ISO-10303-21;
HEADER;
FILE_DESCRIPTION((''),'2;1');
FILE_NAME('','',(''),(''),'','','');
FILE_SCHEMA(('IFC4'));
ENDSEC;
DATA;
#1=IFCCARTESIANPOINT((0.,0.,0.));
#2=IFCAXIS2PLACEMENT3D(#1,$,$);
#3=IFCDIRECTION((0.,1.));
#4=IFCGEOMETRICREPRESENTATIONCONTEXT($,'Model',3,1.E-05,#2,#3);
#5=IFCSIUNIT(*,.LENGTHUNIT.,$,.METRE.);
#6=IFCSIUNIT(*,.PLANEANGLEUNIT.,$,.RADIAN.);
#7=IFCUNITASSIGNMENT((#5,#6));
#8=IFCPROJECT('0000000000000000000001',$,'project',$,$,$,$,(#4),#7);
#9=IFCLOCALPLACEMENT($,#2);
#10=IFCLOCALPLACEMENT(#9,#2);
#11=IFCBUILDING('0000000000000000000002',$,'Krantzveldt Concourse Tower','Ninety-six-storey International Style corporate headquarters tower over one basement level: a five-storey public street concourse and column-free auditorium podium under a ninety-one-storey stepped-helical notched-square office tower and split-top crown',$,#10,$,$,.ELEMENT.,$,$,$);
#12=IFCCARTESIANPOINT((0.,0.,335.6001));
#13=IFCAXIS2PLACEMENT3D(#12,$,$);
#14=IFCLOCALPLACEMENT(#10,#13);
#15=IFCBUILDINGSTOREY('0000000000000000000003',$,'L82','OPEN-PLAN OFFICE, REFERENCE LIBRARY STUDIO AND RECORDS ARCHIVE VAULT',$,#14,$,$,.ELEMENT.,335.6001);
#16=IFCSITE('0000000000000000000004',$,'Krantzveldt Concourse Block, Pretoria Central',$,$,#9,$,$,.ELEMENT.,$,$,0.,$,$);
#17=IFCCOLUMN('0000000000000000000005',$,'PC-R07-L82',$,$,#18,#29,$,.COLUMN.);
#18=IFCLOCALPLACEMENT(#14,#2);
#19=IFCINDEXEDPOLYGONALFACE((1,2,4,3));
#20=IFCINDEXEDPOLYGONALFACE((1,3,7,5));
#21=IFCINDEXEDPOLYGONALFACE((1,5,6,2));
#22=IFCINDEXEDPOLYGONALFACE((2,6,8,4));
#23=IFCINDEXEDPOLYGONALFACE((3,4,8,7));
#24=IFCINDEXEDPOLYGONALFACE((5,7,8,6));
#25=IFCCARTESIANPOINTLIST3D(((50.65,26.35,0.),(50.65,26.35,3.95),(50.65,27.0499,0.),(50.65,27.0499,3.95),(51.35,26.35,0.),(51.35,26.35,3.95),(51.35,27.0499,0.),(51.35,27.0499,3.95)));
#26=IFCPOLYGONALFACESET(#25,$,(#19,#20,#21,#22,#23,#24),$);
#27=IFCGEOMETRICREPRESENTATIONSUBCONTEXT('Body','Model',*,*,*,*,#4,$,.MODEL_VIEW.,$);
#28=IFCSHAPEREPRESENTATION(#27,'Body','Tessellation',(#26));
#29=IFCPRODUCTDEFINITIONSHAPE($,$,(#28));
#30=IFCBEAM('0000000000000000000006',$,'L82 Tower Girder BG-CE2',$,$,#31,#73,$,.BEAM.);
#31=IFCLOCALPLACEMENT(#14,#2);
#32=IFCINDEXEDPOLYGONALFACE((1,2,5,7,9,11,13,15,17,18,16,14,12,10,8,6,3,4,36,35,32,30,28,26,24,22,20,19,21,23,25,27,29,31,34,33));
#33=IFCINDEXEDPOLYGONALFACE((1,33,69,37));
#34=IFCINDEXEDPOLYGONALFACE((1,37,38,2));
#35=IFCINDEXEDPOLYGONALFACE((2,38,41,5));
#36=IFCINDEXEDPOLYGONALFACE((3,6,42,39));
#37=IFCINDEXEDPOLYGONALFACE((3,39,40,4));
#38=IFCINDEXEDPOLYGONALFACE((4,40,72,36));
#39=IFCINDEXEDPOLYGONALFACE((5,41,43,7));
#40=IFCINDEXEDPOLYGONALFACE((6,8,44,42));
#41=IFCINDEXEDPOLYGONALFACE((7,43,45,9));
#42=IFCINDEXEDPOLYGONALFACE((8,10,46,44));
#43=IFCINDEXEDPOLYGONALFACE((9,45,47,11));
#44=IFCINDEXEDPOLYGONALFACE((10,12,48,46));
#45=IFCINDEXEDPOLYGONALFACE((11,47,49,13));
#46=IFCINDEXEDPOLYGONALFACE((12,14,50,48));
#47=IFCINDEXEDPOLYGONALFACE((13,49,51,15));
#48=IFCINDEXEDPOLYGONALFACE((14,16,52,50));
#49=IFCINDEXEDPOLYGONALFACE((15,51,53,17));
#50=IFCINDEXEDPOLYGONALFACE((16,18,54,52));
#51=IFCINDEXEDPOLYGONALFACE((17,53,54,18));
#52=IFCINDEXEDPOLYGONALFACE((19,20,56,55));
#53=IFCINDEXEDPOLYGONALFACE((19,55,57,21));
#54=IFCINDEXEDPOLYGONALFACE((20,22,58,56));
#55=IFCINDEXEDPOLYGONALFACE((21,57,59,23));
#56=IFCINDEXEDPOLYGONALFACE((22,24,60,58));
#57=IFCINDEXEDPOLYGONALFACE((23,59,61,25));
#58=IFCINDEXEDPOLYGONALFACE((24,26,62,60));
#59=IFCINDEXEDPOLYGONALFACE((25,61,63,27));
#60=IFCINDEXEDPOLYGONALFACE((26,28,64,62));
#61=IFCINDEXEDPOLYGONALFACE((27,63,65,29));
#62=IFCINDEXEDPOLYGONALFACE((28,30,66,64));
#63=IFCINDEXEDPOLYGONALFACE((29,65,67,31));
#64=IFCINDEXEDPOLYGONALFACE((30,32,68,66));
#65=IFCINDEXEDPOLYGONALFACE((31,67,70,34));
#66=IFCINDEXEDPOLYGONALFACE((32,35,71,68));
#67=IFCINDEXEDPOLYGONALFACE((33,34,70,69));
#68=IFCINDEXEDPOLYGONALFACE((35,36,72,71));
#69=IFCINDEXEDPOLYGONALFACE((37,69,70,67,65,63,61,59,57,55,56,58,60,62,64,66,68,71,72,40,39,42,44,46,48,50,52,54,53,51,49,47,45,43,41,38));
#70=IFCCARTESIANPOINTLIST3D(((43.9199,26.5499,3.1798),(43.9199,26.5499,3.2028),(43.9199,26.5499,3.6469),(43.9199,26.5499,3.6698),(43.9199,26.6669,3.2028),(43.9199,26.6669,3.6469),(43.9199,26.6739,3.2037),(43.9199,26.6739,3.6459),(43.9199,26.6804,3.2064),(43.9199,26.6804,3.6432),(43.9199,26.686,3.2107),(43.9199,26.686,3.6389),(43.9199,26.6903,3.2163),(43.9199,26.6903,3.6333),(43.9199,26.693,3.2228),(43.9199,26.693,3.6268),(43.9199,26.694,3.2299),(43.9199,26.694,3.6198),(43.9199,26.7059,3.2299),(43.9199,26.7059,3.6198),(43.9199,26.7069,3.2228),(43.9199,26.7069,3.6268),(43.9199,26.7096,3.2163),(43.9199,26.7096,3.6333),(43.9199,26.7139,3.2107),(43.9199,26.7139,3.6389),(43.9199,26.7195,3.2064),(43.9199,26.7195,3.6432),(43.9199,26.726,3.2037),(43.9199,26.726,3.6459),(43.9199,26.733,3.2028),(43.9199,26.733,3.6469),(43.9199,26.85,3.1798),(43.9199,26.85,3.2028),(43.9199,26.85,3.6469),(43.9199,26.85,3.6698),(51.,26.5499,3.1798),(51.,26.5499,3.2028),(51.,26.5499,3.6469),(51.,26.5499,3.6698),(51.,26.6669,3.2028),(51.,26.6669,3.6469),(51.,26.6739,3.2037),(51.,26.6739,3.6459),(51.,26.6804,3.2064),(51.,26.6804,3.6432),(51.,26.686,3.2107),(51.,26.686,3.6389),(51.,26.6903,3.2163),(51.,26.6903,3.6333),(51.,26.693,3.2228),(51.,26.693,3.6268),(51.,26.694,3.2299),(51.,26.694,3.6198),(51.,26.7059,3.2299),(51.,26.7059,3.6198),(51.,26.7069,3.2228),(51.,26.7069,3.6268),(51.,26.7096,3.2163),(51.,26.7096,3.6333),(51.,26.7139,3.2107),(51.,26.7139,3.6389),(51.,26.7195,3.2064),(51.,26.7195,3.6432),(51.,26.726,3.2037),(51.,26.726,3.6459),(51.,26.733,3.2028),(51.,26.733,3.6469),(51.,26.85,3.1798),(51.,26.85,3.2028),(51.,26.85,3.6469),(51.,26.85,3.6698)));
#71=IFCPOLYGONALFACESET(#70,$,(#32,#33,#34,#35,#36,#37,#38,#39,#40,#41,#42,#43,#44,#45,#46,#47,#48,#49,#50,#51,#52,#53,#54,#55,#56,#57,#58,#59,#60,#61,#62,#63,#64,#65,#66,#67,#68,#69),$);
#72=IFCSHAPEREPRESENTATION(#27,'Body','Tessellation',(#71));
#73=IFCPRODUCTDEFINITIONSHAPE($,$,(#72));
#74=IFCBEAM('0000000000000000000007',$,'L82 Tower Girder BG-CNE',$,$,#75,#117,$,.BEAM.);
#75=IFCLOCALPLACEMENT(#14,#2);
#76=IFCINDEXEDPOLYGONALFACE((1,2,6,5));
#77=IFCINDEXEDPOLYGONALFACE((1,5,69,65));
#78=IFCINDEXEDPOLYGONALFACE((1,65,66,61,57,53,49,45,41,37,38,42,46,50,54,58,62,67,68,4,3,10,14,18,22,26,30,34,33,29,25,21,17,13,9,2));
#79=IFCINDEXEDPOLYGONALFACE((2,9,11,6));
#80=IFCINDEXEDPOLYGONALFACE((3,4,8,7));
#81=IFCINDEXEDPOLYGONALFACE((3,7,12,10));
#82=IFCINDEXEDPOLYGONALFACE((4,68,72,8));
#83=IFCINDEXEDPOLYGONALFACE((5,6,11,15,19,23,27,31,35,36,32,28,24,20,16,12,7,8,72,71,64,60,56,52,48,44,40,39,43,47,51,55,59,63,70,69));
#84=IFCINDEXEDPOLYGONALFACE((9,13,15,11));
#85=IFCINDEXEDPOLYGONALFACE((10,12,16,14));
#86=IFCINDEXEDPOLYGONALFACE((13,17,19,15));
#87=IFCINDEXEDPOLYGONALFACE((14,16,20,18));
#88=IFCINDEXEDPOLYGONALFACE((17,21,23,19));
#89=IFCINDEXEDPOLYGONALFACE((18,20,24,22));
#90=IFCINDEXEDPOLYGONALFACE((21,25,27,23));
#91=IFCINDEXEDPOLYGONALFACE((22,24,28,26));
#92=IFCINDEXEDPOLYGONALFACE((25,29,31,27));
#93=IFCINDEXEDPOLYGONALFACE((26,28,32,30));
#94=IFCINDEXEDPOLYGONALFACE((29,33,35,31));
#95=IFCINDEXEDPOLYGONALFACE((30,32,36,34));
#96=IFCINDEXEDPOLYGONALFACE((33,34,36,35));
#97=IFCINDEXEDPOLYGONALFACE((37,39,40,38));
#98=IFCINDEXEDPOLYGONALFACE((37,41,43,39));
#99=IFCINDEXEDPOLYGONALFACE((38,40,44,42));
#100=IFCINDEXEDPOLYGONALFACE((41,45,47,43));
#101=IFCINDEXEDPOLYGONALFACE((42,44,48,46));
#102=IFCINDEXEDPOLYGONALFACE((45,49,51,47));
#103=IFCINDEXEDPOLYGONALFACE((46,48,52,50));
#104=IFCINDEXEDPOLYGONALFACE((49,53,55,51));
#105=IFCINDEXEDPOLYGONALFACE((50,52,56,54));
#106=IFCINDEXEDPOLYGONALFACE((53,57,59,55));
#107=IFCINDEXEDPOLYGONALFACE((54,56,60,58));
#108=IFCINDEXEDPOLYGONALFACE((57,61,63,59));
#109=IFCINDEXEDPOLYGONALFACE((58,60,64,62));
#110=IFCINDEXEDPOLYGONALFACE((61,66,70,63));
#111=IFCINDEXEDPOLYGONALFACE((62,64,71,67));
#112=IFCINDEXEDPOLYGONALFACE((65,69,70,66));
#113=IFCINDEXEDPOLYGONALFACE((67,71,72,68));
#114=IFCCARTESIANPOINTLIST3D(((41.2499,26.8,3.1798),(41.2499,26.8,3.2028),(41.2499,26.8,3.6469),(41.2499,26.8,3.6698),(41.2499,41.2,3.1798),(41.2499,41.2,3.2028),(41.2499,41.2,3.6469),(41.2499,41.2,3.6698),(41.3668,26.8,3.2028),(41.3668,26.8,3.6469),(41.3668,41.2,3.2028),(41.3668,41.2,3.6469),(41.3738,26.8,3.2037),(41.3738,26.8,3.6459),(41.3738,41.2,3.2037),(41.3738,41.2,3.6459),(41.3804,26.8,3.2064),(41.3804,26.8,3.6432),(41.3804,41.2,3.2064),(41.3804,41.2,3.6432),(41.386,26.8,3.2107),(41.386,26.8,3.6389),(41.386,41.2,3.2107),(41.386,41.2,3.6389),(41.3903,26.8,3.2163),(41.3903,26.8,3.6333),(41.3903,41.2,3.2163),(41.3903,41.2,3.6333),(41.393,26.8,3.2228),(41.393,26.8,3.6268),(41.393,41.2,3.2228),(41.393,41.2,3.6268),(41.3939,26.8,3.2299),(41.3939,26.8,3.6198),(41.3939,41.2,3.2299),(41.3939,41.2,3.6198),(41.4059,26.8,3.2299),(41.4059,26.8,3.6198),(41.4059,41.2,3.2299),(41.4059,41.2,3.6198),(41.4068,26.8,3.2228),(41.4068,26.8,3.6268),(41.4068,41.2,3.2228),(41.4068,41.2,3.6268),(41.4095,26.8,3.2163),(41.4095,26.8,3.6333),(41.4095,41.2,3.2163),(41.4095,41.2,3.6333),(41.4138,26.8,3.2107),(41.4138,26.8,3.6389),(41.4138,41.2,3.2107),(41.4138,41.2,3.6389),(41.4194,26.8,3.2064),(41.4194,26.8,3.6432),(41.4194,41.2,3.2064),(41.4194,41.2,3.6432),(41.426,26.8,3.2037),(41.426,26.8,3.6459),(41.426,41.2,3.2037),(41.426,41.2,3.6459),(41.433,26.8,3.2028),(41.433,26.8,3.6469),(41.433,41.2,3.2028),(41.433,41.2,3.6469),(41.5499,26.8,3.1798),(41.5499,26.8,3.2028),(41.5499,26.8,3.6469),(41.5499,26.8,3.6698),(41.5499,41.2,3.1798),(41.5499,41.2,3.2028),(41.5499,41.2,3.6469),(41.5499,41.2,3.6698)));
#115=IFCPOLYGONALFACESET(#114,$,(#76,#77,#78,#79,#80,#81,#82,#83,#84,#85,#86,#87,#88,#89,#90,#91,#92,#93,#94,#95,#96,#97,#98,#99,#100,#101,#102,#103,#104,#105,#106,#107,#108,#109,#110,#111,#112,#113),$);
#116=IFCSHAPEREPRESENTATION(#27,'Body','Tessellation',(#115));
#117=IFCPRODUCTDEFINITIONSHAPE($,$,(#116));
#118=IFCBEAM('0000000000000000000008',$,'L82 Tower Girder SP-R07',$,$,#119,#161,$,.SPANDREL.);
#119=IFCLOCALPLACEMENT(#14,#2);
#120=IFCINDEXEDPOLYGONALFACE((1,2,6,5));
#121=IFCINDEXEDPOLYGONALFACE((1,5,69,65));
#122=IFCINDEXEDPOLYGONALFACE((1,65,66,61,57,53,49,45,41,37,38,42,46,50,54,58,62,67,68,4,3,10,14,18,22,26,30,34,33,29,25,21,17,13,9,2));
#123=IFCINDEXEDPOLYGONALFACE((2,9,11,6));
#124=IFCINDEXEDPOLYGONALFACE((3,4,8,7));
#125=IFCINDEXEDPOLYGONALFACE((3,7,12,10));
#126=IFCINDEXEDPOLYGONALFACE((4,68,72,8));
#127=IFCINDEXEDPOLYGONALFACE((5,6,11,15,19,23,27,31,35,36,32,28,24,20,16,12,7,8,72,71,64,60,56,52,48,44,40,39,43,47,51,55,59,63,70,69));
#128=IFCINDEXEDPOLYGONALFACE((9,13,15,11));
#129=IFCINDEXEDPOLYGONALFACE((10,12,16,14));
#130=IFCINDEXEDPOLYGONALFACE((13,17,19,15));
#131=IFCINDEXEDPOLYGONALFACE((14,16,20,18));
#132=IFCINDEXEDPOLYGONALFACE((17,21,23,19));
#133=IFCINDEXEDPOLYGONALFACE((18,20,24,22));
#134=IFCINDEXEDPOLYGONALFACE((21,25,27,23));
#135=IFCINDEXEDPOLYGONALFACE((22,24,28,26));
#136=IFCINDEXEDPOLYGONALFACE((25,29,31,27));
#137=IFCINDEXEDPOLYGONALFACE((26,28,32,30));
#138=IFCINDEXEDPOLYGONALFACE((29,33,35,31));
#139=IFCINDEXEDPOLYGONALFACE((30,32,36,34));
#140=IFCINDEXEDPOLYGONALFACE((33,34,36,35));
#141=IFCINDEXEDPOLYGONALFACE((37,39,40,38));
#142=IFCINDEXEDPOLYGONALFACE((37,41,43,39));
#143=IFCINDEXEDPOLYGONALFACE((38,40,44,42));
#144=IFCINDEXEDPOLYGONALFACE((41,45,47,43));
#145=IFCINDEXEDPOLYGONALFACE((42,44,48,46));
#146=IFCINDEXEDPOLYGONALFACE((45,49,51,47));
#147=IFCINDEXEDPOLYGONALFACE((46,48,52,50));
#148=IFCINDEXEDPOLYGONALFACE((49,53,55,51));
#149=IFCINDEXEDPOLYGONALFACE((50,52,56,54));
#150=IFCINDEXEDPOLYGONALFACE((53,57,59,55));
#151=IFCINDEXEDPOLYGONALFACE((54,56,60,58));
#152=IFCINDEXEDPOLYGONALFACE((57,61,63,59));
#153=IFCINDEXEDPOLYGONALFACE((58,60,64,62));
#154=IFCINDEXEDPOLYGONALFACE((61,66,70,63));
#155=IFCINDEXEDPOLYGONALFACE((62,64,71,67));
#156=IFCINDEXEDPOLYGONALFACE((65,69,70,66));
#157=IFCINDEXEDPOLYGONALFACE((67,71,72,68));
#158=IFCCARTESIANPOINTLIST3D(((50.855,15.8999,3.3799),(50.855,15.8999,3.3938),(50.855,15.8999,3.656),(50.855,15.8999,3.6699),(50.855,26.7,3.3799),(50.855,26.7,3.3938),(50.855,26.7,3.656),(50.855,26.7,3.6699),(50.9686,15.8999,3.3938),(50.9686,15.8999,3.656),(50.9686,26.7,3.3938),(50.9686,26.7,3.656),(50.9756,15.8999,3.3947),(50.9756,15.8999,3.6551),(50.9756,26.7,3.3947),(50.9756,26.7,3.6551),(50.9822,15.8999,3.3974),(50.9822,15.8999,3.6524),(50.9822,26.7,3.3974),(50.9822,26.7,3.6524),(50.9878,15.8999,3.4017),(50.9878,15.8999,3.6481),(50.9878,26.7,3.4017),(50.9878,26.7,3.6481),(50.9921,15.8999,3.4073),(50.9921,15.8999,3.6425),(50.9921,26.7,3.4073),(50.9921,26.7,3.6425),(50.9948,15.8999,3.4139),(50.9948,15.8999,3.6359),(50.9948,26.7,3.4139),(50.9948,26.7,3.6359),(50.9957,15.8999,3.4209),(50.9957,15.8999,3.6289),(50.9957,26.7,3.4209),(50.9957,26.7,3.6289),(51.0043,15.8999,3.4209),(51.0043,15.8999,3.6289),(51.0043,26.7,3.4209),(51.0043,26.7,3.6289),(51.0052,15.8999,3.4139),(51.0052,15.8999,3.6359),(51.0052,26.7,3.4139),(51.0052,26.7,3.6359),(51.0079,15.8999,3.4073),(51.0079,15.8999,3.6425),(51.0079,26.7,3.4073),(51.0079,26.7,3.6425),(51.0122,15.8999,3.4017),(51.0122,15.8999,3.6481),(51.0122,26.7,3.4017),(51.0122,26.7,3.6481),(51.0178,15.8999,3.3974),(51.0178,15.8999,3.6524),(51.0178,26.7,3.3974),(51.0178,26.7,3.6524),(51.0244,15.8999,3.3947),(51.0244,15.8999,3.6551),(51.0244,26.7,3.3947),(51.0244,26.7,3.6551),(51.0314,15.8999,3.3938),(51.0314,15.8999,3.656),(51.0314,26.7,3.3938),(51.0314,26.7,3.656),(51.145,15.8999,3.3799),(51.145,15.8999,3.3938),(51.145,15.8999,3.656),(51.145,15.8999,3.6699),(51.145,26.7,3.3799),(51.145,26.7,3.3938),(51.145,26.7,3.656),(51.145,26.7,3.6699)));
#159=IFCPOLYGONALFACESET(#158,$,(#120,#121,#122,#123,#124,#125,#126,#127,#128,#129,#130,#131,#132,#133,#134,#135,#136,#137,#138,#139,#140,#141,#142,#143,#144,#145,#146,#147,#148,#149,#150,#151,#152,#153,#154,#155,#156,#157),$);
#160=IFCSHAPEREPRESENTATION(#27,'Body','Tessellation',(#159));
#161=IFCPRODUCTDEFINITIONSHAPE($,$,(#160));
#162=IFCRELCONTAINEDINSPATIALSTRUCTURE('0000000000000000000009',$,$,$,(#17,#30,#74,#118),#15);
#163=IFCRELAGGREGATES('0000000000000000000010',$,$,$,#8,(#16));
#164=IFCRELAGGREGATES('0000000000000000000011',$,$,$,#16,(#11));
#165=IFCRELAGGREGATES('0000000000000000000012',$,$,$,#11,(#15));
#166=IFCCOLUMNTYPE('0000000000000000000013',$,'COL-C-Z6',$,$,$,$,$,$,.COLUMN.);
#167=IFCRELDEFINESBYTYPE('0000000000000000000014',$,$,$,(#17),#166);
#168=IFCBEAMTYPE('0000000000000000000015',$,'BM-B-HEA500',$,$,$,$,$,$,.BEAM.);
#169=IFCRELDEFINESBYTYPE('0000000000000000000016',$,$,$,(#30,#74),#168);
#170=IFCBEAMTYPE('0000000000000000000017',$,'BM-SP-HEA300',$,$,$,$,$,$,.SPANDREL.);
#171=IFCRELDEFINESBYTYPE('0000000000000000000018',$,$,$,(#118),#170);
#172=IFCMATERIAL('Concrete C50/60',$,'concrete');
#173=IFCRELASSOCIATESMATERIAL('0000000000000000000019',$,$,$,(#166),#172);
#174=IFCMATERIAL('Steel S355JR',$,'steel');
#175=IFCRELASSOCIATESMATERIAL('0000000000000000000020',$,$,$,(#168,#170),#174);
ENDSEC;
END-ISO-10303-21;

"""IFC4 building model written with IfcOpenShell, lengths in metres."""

from ifc_helpers import new_model, si_unit, direction, frame, origin, origin_2d, place, context, subcontext, project, spatial, rectangle, i_section, extrude, source, transform, mapped, material, material_profile, profile_set, type_object, type_shapes, element, save


model = new_model("IFC4")

# Units and contexts
model_context = context("Model", 3, precision=1e-05, world=origin(), true_north=direction((0.0, 1.0)))
body_context = subcontext(model_context, "Body", "Model", "MODEL_VIEW")
ifc_project = project(units=[si_unit("LENGTHUNIT", "METRE"), si_unit("PLANEANGLEUNIT", "RADIAN")], contexts=[model_context])

# Site, building, storey
site_placement = place(None, origin())
site = spatial("IfcSite", under=ifc_project, at=site_placement, Name="Krantzveldt Concourse Block, Pretoria Central", CompositionType="ELEMENT", RefElevation=0.0)
building_placement = place(site_placement, origin())
building = spatial("IfcBuilding", under=site, at=building_placement, Name="Krantzveldt Concourse Tower", Description="Ninety-six-storey International Style corporate headquarters tower over one basement level: a five-storey public street concourse and column-free auditorium podium under a ninety-one-storey stepped-helical notched-square office tower and split-top crown", CompositionType="ELEMENT")
storey_placement = place(building_placement, frame((0.0, 0.0, 335.6001)))
storey = spatial("IfcBuildingStorey", under=building, at=storey_placement, Name="L82", Description="OPEN-PLAN OFFICE, REFERENCE LIBRARY STUDIO AND RECORDS ARCHIVE VAULT", CompositionType="ELEMENT", Elevation=335.6001)

# Column
ifc_material_1 = material(Name="Concrete C50/60", Category="concrete")
ifc_material_profile_1 = material_profile(ifc_material_1, rectangle(XDim=0.7, YDim=0.7, at=origin_2d()), Name="Concrete C50/60", Category="concrete")
ifc_profile_set_1 = profile_set([ifc_material_profile_1], Name="Concrete C50/60 - RC 700x700")
column_type = type_object("IfcColumnType", Name="COL-C-Z6", PredefinedType="COLUMN", material=ifc_profile_set_1)
shared_shape_1 = source(origin(), body_context, "Body", "SweptSolid", [
    extrude(rectangle(XDim=0.7, YDim=0.7, at=origin_2d()), origin(), (0.0, 0.0, 1.0), 3.95),
])
type_shapes(column_type, [shared_shape_1])
column_placement = place(storey_placement, frame((51.0, 26.7, 0.0), z_axis=(0.0, 0.0, 1.0), x_axis=(1.0, 0.0, 0.0)))
element("IfcColumn", 1, at=column_placement, inside=storey, type_object=column_type, Name="PC-R07-L82", PredefinedType="COLUMN", context=body_context, shape_type="MappedRepresentation", body=[
    mapped(shared_shape_1, transform((0.0, 0.0, 0.0), x_axis=(1.0, 0.0, 0.0), y_axis=(0.0, 1.0, 0.0), z_axis=(0.0, 0.0, 1.0), scale=1.0)),
])

# Beams
ifc_material_2 = material(Name="Steel S355JR", Category="steel")
ifc_material_profile_2 = material_profile(ifc_material_2, i_section(OverallWidth=0.3, OverallDepth=0.49, WebThickness=0.012, FlangeThickness=0.0229, FilletRadius=0.0271, at=origin_2d()), Name="Steel S355JR", Category="steel")
ifc_profile_set_2 = profile_set([ifc_material_profile_2], Name="Steel S355JR - HEA 500")
beam_type_1 = type_object("IfcBeamType", Name="BM-B-HEA500", PredefinedType="BEAM", material=ifc_profile_set_2)
shared_shape_2 = source(origin(), body_context, "Body", "SweptSolid", [
    extrude(i_section(OverallWidth=0.3, OverallDepth=0.49, WebThickness=0.012, FlangeThickness=0.0229, FilletRadius=0.0271, at=origin_2d()), origin(), (0.0, 0.0, 1.0), 7.0801),
])
beam_1_placement = place(storey_placement, frame((43.9199, 26.7, 3.4248), z_axis=(1.0, 0.0, 0.0), x_axis=(0.0, 1.0, 0.0)))
element("IfcBeam", 2, at=beam_1_placement, inside=storey, type_object=beam_type_1, Name="L82 Tower Girder BG-CE2", PredefinedType="BEAM", context=body_context, shape_type="MappedRepresentation", body=[
    mapped(shared_shape_2, transform((0.0, 0.0, 0.0), x_axis=(1.0, 0.0, 0.0), y_axis=(0.0, 1.0, 0.0), z_axis=(0.0, 0.0, 1.0), scale=1.0)),
])
shared_shape_3 = source(origin(), body_context, "Body", "SweptSolid", [
    extrude(i_section(OverallWidth=0.3, OverallDepth=0.49, WebThickness=0.012, FlangeThickness=0.0229, FilletRadius=0.0271, at=origin_2d()), origin(), (0.0, 0.0, 1.0), 14.3999),
])
type_shapes(beam_type_1, [shared_shape_2, shared_shape_3])
beam_2_placement = place(storey_placement, frame((41.3999, 26.8, 3.4248), z_axis=(0.0, 1.0, 0.0), x_axis=(-1.0, 0.0, 0.0)))
element("IfcBeam", 3, at=beam_2_placement, inside=storey, type_object=beam_type_1, Name="L82 Tower Girder BG-CNE", PredefinedType="BEAM", context=body_context, shape_type="MappedRepresentation", body=[
    mapped(shared_shape_3, transform((0.0, 0.0, 0.0), x_axis=(1.0, 0.0, 0.0), y_axis=(0.0, 1.0, 0.0), z_axis=(0.0, 0.0, 1.0), scale=1.0)),
])
ifc_material_profile_3 = material_profile(ifc_material_2, i_section(OverallWidth=0.29, OverallDepth=0.29, WebThickness=0.0085, FlangeThickness=0.0139, FilletRadius=0.0271, at=origin_2d()), Name="Steel S355JR", Category="steel")
ifc_profile_set_3 = profile_set([ifc_material_profile_3], Name="Steel S355JR - HEA 300")
beam_type_2 = type_object("IfcBeamType", Name="BM-SP-HEA300", PredefinedType="SPANDREL", material=ifc_profile_set_3)
shared_shape_4 = source(origin(), body_context, "Body", "SweptSolid", [
    extrude(i_section(OverallWidth=0.29, OverallDepth=0.29, WebThickness=0.0085, FlangeThickness=0.0139, FilletRadius=0.0271, at=origin_2d()), origin(), (0.0, 0.0, 1.0), 10.8),
])
type_shapes(beam_type_2, [shared_shape_4])
beam_3_placement = place(storey_placement, frame((51.0, 26.7, 3.5249), z_axis=(0.0, -1.0, 0.0), x_axis=(1.0, 0.0, 0.0)))
element("IfcBeam", 4, at=beam_3_placement, inside=storey, type_object=beam_type_2, Name="L82 Tower Girder SP-R07", PredefinedType="SPANDREL", context=body_context, shape_type="MappedRepresentation", body=[
    mapped(shared_shape_4, transform((0.0, 0.0, 0.0), x_axis=(1.0, 0.0, 0.0), y_axis=(0.0, 1.0, 0.0), z_axis=(0.0, 0.0, 1.0), scale=1.0)),
])

save(model, "model.ifc")
